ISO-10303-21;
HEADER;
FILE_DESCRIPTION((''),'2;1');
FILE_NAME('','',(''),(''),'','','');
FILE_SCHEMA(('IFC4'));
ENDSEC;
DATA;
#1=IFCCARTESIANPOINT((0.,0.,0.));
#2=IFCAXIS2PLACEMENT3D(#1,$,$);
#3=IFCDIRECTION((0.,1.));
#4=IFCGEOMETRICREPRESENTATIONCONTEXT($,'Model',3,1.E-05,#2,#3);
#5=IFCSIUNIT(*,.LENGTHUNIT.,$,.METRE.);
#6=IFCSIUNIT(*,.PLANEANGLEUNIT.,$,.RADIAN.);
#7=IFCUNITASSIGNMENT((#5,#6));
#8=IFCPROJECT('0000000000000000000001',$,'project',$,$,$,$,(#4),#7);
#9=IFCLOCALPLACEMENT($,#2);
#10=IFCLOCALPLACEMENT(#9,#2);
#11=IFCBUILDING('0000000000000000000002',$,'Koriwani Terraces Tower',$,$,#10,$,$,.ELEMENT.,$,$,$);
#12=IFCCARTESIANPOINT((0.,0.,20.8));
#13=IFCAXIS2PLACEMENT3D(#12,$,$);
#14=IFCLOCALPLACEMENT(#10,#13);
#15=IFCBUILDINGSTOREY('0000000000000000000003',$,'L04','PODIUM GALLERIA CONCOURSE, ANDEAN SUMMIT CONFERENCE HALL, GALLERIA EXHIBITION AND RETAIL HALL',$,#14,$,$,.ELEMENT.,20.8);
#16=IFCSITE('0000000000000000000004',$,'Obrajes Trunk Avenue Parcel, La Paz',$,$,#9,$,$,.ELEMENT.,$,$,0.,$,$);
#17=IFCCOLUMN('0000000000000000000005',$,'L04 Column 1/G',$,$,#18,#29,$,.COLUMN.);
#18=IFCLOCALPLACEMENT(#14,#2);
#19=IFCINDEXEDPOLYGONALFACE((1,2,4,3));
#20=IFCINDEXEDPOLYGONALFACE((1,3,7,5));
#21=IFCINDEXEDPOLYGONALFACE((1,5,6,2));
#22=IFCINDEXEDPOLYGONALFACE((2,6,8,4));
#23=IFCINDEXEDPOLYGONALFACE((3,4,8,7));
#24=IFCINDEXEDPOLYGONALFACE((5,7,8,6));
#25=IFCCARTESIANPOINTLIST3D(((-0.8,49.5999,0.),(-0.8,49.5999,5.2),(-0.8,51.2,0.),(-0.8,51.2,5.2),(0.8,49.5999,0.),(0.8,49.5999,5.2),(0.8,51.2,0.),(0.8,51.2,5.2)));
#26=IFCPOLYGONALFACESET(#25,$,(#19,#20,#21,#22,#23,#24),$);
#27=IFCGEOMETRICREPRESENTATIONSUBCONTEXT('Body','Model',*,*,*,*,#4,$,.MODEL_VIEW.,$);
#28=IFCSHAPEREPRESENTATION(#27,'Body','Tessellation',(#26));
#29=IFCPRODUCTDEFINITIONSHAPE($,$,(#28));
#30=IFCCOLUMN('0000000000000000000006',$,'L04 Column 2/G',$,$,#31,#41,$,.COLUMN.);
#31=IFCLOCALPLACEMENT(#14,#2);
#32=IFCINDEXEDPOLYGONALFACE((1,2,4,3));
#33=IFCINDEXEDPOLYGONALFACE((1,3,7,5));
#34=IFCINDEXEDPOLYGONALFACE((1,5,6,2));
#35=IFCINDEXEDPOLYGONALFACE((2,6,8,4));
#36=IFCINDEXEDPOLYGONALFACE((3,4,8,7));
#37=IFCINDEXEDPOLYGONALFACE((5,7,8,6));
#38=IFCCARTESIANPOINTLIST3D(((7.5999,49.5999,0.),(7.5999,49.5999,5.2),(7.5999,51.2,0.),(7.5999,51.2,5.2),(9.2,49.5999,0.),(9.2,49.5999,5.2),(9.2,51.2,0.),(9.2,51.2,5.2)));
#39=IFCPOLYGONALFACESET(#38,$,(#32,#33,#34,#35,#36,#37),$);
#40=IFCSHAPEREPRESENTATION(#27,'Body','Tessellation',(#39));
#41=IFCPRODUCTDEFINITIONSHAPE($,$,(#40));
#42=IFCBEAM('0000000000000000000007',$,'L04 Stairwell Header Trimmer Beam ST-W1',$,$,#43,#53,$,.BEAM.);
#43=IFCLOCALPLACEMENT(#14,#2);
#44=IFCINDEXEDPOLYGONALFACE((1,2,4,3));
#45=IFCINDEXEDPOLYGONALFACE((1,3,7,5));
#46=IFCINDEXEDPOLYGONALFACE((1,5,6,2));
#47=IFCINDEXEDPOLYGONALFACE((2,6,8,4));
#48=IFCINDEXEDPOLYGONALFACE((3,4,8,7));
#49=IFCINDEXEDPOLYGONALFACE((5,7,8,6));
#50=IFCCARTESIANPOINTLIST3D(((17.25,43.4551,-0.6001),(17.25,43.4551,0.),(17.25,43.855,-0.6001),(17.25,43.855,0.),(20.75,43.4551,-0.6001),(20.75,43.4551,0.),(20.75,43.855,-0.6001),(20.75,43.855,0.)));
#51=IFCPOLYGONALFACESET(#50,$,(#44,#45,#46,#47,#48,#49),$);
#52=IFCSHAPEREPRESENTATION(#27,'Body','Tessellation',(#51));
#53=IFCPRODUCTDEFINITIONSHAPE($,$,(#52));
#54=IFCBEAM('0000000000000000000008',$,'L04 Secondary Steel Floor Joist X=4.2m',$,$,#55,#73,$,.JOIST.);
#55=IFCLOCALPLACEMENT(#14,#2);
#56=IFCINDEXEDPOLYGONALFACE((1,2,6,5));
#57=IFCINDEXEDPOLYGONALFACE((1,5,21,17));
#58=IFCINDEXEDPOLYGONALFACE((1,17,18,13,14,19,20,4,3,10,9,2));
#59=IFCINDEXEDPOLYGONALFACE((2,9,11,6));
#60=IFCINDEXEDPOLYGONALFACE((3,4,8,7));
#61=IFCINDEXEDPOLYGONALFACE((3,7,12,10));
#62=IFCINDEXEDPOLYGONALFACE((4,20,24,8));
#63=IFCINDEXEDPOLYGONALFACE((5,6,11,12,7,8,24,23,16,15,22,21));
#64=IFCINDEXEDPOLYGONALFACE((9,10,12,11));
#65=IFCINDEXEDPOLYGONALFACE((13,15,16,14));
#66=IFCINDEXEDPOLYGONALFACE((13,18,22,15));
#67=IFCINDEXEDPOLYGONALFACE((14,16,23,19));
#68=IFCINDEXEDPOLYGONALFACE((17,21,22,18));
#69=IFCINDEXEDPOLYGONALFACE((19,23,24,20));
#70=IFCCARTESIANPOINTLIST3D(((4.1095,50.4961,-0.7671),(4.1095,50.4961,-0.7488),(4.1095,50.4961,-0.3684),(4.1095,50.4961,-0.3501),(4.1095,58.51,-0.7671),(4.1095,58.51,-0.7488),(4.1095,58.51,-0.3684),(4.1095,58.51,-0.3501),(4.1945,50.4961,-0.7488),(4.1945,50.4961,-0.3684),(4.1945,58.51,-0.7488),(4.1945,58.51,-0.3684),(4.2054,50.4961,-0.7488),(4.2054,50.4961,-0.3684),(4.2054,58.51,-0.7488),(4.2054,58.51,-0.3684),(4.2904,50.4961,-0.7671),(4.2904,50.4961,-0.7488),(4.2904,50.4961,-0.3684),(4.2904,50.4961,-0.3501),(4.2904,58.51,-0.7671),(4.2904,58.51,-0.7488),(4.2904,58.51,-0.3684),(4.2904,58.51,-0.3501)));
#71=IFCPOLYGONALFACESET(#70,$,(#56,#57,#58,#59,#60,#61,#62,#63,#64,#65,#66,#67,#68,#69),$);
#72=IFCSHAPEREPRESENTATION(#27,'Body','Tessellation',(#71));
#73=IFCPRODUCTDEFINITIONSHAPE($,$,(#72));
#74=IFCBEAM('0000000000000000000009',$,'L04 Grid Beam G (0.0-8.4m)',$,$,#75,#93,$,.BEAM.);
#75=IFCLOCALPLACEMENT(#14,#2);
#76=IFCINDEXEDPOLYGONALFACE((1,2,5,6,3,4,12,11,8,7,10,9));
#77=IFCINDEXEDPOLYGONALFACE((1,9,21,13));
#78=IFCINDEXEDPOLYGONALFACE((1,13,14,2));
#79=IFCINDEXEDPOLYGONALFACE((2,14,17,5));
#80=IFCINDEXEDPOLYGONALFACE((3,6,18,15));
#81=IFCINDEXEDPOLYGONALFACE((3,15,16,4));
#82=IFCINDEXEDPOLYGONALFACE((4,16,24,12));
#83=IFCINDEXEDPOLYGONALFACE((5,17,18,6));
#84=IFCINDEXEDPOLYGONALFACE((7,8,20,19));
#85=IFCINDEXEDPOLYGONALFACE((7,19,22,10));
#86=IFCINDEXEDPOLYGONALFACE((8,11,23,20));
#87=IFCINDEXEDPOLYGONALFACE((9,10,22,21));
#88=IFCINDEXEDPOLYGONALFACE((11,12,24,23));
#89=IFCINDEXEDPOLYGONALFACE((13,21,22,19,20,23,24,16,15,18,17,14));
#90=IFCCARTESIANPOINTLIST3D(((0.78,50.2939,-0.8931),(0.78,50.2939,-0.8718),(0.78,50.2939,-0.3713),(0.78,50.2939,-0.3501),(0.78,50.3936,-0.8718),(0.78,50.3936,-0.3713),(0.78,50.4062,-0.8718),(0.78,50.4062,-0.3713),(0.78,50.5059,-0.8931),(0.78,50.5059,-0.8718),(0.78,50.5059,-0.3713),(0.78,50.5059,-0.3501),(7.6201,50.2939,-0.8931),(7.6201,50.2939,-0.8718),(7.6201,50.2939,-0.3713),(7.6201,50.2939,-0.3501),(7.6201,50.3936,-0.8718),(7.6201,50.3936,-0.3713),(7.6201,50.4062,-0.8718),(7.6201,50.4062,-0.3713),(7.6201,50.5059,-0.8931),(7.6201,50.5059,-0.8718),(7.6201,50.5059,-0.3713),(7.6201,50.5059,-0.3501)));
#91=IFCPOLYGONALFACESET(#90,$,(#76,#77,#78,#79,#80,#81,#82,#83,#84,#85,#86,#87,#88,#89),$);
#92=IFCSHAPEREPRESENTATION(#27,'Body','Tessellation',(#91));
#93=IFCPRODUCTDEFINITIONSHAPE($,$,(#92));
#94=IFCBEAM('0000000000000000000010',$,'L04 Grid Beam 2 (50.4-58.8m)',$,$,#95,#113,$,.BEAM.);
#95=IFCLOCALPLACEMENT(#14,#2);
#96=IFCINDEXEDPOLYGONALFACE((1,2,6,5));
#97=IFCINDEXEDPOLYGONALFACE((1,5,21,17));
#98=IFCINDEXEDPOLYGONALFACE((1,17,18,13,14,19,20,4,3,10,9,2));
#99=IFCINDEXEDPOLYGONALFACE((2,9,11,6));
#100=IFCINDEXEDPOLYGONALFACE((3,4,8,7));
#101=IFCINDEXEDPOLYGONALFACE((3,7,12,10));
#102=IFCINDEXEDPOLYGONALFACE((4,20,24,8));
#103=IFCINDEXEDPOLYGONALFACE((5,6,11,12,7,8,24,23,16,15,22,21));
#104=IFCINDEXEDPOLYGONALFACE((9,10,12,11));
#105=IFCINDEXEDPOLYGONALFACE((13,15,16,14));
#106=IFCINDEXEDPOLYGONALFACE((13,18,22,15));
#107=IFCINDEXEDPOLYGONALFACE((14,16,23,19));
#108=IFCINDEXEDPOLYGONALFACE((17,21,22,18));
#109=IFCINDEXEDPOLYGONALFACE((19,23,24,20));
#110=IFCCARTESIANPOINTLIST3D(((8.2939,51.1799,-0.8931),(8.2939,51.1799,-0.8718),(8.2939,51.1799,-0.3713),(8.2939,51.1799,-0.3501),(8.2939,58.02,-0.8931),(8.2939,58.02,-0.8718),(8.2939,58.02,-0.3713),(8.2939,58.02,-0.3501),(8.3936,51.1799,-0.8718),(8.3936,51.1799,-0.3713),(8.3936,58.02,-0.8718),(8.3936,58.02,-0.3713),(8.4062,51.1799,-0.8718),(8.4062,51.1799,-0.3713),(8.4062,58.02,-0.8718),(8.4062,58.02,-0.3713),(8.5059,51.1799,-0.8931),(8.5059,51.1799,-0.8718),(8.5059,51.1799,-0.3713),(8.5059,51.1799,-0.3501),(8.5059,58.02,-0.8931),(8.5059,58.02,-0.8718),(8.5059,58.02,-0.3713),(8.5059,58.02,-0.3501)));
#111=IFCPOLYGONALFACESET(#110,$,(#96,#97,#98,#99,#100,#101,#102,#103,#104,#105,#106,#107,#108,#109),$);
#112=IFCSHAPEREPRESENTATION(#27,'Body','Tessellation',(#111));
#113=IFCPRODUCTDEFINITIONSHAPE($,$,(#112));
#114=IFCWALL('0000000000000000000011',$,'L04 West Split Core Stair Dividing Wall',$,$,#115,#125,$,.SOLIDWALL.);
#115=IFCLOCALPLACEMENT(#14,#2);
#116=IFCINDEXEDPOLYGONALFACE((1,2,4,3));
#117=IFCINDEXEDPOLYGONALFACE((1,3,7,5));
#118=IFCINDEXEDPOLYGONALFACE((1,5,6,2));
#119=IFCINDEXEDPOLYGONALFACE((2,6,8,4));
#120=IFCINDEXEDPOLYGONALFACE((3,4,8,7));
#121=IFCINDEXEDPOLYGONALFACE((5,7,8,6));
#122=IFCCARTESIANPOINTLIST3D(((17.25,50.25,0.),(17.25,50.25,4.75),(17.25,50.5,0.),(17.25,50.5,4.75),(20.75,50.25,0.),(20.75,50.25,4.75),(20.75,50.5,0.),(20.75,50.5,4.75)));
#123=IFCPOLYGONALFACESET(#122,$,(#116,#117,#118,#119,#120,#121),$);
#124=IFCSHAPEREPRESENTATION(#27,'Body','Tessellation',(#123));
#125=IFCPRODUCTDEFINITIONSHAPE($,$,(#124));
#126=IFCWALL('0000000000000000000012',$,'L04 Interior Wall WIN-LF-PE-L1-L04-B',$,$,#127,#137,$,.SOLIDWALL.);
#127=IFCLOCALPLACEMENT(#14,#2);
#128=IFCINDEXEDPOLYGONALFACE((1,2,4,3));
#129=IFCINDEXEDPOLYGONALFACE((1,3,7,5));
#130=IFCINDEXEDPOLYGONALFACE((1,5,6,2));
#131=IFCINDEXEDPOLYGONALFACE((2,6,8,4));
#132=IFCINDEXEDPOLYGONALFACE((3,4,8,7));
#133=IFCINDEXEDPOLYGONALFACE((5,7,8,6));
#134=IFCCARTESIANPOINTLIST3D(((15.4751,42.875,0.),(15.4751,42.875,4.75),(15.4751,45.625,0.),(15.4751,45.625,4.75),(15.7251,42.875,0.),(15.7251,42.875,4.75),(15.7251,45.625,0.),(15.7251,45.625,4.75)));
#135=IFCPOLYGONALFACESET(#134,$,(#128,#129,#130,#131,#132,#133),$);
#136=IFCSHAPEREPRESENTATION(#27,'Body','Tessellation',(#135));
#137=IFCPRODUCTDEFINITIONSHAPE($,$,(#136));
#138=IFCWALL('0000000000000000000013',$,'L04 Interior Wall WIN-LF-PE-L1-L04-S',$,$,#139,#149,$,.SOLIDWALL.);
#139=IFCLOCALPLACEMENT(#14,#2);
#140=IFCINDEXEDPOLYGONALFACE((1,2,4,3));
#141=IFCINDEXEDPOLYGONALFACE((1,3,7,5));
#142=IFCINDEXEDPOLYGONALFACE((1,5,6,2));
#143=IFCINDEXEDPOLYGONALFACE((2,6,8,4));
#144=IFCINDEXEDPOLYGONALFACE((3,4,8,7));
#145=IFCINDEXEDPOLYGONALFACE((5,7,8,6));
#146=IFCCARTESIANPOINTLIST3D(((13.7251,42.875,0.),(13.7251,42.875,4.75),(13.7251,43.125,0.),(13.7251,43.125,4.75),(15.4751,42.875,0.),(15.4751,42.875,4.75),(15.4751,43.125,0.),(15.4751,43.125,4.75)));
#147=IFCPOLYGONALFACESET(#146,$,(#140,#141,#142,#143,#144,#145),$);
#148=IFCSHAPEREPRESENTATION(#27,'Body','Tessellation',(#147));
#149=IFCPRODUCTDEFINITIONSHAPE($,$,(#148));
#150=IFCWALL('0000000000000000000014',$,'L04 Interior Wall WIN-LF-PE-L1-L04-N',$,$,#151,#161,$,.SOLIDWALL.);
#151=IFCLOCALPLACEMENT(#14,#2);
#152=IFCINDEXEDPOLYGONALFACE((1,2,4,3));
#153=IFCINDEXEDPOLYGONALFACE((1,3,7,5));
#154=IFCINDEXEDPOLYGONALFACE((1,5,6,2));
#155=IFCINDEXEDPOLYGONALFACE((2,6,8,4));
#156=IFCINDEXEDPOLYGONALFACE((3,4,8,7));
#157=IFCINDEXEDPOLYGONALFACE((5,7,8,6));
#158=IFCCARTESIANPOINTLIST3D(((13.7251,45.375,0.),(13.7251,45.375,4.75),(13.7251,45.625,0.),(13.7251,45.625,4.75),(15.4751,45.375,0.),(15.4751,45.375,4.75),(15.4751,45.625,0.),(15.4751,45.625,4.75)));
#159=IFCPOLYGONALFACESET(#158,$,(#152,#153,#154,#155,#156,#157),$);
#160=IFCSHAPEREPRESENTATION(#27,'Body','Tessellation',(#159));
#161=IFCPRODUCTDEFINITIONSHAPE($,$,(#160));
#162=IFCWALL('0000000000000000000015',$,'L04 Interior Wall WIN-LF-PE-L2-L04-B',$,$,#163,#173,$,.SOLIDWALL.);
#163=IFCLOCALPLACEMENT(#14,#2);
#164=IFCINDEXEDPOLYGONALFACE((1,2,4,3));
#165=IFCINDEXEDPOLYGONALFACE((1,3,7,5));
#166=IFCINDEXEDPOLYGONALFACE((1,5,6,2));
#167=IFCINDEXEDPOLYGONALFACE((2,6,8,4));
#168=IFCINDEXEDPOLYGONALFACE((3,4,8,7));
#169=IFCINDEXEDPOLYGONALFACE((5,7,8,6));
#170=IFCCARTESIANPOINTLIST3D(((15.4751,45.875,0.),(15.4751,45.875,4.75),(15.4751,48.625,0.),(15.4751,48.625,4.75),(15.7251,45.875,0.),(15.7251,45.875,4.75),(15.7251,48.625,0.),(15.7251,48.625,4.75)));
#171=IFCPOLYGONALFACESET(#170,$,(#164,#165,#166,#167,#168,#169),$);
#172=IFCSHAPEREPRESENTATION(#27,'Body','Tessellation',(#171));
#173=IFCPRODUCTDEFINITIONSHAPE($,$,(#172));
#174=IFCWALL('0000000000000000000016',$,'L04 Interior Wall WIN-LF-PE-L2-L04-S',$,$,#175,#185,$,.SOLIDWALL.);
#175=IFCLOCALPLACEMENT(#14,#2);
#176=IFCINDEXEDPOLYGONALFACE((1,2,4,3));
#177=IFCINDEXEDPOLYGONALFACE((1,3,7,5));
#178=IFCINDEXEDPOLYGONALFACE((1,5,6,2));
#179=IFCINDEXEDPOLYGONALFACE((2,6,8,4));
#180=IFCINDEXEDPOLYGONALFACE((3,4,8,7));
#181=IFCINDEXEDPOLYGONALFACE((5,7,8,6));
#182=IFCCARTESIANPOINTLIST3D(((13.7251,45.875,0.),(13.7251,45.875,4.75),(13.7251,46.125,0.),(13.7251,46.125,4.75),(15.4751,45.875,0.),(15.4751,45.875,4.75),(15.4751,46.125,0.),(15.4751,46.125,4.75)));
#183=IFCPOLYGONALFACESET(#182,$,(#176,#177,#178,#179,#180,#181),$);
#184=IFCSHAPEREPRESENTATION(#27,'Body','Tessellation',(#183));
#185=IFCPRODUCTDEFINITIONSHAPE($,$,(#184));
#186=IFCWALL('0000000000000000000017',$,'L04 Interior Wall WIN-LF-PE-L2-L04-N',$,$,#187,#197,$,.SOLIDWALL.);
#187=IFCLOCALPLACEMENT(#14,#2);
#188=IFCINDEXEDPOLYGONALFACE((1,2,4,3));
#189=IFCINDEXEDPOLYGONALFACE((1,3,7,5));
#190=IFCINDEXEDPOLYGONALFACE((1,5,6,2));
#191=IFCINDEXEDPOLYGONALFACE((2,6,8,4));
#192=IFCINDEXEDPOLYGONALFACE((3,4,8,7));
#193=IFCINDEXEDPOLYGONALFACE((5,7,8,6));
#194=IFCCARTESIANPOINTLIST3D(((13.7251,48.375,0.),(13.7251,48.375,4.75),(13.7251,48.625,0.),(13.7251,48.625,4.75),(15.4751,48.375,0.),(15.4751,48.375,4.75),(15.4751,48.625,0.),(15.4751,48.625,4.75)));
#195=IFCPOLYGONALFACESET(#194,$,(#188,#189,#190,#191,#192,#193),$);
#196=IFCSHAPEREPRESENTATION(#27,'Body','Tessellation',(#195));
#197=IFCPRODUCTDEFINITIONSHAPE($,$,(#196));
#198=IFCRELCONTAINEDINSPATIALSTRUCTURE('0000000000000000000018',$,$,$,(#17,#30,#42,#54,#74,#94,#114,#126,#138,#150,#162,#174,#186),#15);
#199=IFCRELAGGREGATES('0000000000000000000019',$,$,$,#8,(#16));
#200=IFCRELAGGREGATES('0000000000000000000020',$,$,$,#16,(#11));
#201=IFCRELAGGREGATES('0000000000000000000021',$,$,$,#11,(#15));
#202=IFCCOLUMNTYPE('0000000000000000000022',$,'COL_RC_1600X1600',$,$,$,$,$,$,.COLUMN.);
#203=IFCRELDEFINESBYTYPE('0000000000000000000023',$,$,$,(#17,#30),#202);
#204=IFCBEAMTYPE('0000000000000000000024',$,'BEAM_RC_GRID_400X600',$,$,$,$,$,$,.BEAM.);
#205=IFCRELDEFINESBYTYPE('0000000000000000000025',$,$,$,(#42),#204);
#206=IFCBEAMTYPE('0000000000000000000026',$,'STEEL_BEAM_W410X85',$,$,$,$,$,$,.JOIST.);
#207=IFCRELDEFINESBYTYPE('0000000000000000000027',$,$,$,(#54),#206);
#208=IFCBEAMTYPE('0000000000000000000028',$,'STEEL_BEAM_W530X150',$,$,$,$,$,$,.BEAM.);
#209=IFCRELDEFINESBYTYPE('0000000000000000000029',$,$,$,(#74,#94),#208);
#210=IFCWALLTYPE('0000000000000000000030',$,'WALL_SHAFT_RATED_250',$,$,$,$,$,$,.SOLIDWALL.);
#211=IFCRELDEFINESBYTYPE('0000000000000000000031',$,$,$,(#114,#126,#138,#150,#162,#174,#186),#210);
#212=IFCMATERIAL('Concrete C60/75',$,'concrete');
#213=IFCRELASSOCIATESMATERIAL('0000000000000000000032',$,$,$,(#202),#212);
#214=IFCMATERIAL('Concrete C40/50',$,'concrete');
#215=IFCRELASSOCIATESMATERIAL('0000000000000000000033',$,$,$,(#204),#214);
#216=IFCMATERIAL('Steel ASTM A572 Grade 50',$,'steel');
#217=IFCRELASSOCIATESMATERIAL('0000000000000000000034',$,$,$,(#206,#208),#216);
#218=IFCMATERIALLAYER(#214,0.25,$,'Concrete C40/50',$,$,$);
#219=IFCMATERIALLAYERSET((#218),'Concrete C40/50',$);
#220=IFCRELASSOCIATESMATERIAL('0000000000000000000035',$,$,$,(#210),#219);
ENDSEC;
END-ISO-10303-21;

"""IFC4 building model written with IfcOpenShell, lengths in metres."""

from ifc_helpers import new_model, si_unit, direction, frame, frame_2d, origin, origin_2d, place, context, subcontext, project, spatial, rectangle, i_section, extrude, material, layer, layer_set, material_profile, profile_set, type_object, element, save


model = new_model("IFC4")

# Units and contexts
model_context = context("Model", 3, precision=1e-05, world=origin(), true_north=direction((0.0, 1.0)))
body_context = subcontext(model_context, "Body", "Model", "MODEL_VIEW")
ifc_project = project(units=[si_unit("LENGTHUNIT", "METRE"), si_unit("PLANEANGLEUNIT", "RADIAN")], contexts=[model_context])

# Site, building, storey
site_placement = place(None, origin())
site = spatial("IfcSite", under=ifc_project, at=site_placement, Name="Obrajes Trunk Avenue Parcel, La Paz", CompositionType="ELEMENT", RefElevation=0.0)
building_placement = place(site_placement, origin())
building = spatial("IfcBuilding", under=site, at=building_placement, Name="Koriwani Terraces Tower", CompositionType="ELEMENT")
storey_placement = place(building_placement, frame((0.0, 0.0, 20.8)))
storey = spatial("IfcBuildingStorey", under=building, at=storey_placement, Name="L04", Description="PODIUM GALLERIA CONCOURSE, ANDEAN SUMMIT CONFERENCE HALL, GALLERIA EXHIBITION AND RETAIL HALL", CompositionType="ELEMENT", Elevation=20.8)

# Columns
ifc_material_1 = material(Name="Concrete C60/75", Category="concrete")
ifc_material_profile_1 = material_profile(ifc_material_1, rectangle(XDim=1.6001, YDim=1.6001, at=origin_2d()), Name="Concrete C60/75", Category="LoadBearing")
ifc_profile_set_1 = profile_set([ifc_material_profile_1], Name="Concrete C60/75")
column_type = type_object("IfcColumnType", Name="COL_RC_1600X1600", PredefinedType="COLUMN", material=ifc_profile_set_1)
for number, where, z_axis, x_axis, name in (
    (1, (0.0, 50.3999, 0.0), (0.0, 0.0, 1.0), (1.0, 0.0, 0.0), "L04 Column 1/G"),
    (2, (8.3999, 50.3999, 0.0), (0.0, 0.0, 1.0), (1.0, 0.0, 0.0), "L04 Column 2/G"),
):
    element("IfcColumn", number, at=place(storey_placement, frame(where, z_axis=z_axis, x_axis=x_axis)), inside=storey, type_object=column_type, Name=name, PredefinedType="COLUMN", context=body_context, shape_type="SweptSolid", body=[
        extrude(rectangle(XDim=1.6001, YDim=1.6001, at=origin_2d()), origin(), (0.0, 0.0, 1.0), 5.2),
    ])

# Beams
ifc_material_2 = material(Name="Concrete C40/50", Category="concrete")
ifc_material_profile_2 = material_profile(ifc_material_2, rectangle(XDim=0.3999, YDim=0.6001, at=origin_2d()), Name="Concrete C40/50", Category="LoadBearing")
ifc_profile_set_2 = profile_set([ifc_material_profile_2], Name="Concrete C40/50")
beam_type_1 = type_object("IfcBeamType", Name="BEAM_RC_GRID_400X600", PredefinedType="BEAM", material=ifc_profile_set_2)
beam_1_placement = place(storey_placement, frame((17.25, 43.655, -0.3), z_axis=(1.0, 0.0, 0.0), x_axis=(0.0, 1.0, 0.0)))
element("IfcBeam", 3, at=beam_1_placement, inside=storey, type_object=beam_type_1, Name="L04 Stairwell Header Trimmer Beam ST-W1", PredefinedType="BEAM", context=body_context, shape_type="SweptSolid", body=[
    extrude(rectangle(XDim=0.3999, YDim=0.6001, at=origin_2d()), origin(), (0.0, 0.0, 1.0), 3.5),
])
ifc_material_3 = material(Name="Steel ASTM A572 Grade 50", Category="steel")
ifc_material_profile_3 = material_profile(ifc_material_3, i_section(OverallWidth=0.1809, OverallDepth=0.417, WebThickness=0.011, FlangeThickness=0.0183, at=origin_2d()), Name="Steel ASTM A572 Grade 50", Category="LoadBearing")
ifc_profile_set_3 = profile_set([ifc_material_profile_3], Name="Steel ASTM A572 Grade 50")
beam_type_2 = type_object("IfcBeamType", Name="STEEL_BEAM_W410X85", PredefinedType="JOIST", material=ifc_profile_set_3)
beam_2_placement = place(storey_placement, frame((4.2, 50.4961, -0.5586), z_axis=(0.0, 1.0, 0.0), x_axis=(-1.0, 0.0, 0.0)))
element("IfcBeam", 4, at=beam_2_placement, inside=storey, type_object=beam_type_2, Name="L04 Secondary Steel Floor Joist X=4.2m", PredefinedType="JOIST", context=body_context, shape_type="SweptSolid", body=[
    extrude(i_section(OverallWidth=0.1809, OverallDepth=0.417, WebThickness=0.011, FlangeThickness=0.0183, at=origin_2d()), origin(), (0.0, 0.0, 1.0), 8.0139),
])
ifc_material_profile_4 = material_profile(ifc_material_3, i_section(OverallWidth=0.2119, OverallDepth=0.543, WebThickness=0.0127, FlangeThickness=0.0212, at=origin_2d()), Name="Steel ASTM A572 Grade 50", Category="LoadBearing")
ifc_profile_set_4 = profile_set([ifc_material_profile_4], Name="Steel ASTM A572 Grade 50")
beam_type_3 = type_object("IfcBeamType", Name="STEEL_BEAM_W530X150", PredefinedType="BEAM", material=ifc_profile_set_4)
for number, where, z_axis, x_axis, name in (
    (5, (0.78, 50.3999, -0.6216), (1.0, 0.0, 0.0), (0.0, 1.0, 0.0), "L04 Grid Beam G (0.0-8.4m)"),
    (6, (8.3999, 51.1799, -0.6216), (0.0, 1.0, 0.0), (-1.0, 0.0, 0.0), "L04 Grid Beam 2 (50.4-58.8m)"),
):
    element("IfcBeam", number, at=place(storey_placement, frame(where, z_axis=z_axis, x_axis=x_axis)), inside=storey, type_object=beam_type_3, Name=name, PredefinedType="BEAM", context=body_context, shape_type="SweptSolid", body=[
        extrude(i_section(OverallWidth=0.2119, OverallDepth=0.543, WebThickness=0.0127, FlangeThickness=0.0212, at=origin_2d()), origin(), (0.0, 0.0, 1.0), 6.8401),
    ])

# Walls
ifc_layer_1 = layer(ifc_material_2, 0.25, Name="Concrete C40/50")
ifc_layer_set_1 = layer_set([ifc_layer_1], Name="Concrete C40/50")
wall_type = type_object("IfcWallType", Name="WALL_SHAFT_RATED_250", PredefinedType="SOLIDWALL", material=ifc_layer_set_1)
wall_1_placement = place(storey_placement, frame((17.25, 50.375, 0.0), z_axis=(0.0, 0.0, 1.0), x_axis=(1.0, 0.0, 0.0)))
element("IfcWall", 7, at=wall_1_placement, inside=storey, type_object=wall_type, Name="L04 West Split Core Stair Dividing Wall", PredefinedType="SOLIDWALL", context=body_context, shape_type="SweptSolid", body=[
    extrude(rectangle(XDim=3.5, YDim=0.25, at=frame_2d((1.75, 0.0))), origin(), (0.0, 0.0, 1.0), 4.75),
])
wall_2_placement = place(storey_placement, frame((15.6001, 42.875, 0.0), z_axis=(0.0, 0.0, 1.0), x_axis=(0.0, 1.0, 0.0)))
element("IfcWall", 8, at=wall_2_placement, inside=storey, type_object=wall_type, Name="L04 Interior Wall WIN-LF-PE-L1-L04-B", PredefinedType="SOLIDWALL", context=body_context, shape_type="SweptSolid", body=[
    extrude(rectangle(XDim=2.75, YDim=0.25, at=frame_2d((1.375, 0.0))), origin(), (0.0, 0.0, 1.0), 4.75),
])
for number, where, z_axis, x_axis, name in (
    (9, (13.7251, 43.0, 0.0), (0.0, 0.0, 1.0), (1.0, 0.0, 0.0), "L04 Interior Wall WIN-LF-PE-L1-L04-S"),
    (10, (13.7251, 45.5, 0.0), (0.0, 0.0, 1.0), (1.0, 0.0, 0.0), "L04 Interior Wall WIN-LF-PE-L1-L04-N"),
):
    element("IfcWall", number, at=place(storey_placement, frame(where, z_axis=z_axis, x_axis=x_axis)), inside=storey, type_object=wall_type, Name=name, PredefinedType="SOLIDWALL", context=body_context, shape_type="SweptSolid", body=[
        extrude(rectangle(XDim=1.75, YDim=0.25, at=frame_2d((0.875, 0.0))), origin(), (0.0, 0.0, 1.0), 4.75),
    ])

# Walls
wall_3_placement = place(storey_placement, frame((15.6001, 45.875, 0.0), z_axis=(0.0, 0.0, 1.0), x_axis=(0.0, 1.0, 0.0)))
element("IfcWall", 11, at=wall_3_placement, inside=storey, type_object=wall_type, Name="L04 Interior Wall WIN-LF-PE-L2-L04-B", PredefinedType="SOLIDWALL", context=body_context, shape_type="SweptSolid", body=[
    extrude(rectangle(XDim=2.75, YDim=0.25, at=frame_2d((1.375, 0.0))), origin(), (0.0, 0.0, 1.0), 4.75),
])
for number, where, z_axis, x_axis, name in (
    (12, (13.7251, 46.0, 0.0), (0.0, 0.0, 1.0), (1.0, 0.0, 0.0), "L04 Interior Wall WIN-LF-PE-L2-L04-S"),
    (13, (13.7251, 48.5, 0.0), (0.0, 0.0, 1.0), (1.0, 0.0, 0.0), "L04 Interior Wall WIN-LF-PE-L2-L04-N"),
):
    element("IfcWall", number, at=place(storey_placement, frame(where, z_axis=z_axis, x_axis=x_axis)), inside=storey, type_object=wall_type, Name=name, PredefinedType="SOLIDWALL", context=body_context, shape_type="SweptSolid", body=[
        extrude(rectangle(XDim=1.75, YDim=0.25, at=frame_2d((0.875, 0.0))), origin(), (0.0, 0.0, 1.0), 4.75),
    ])

save(model, "model.ifc")
